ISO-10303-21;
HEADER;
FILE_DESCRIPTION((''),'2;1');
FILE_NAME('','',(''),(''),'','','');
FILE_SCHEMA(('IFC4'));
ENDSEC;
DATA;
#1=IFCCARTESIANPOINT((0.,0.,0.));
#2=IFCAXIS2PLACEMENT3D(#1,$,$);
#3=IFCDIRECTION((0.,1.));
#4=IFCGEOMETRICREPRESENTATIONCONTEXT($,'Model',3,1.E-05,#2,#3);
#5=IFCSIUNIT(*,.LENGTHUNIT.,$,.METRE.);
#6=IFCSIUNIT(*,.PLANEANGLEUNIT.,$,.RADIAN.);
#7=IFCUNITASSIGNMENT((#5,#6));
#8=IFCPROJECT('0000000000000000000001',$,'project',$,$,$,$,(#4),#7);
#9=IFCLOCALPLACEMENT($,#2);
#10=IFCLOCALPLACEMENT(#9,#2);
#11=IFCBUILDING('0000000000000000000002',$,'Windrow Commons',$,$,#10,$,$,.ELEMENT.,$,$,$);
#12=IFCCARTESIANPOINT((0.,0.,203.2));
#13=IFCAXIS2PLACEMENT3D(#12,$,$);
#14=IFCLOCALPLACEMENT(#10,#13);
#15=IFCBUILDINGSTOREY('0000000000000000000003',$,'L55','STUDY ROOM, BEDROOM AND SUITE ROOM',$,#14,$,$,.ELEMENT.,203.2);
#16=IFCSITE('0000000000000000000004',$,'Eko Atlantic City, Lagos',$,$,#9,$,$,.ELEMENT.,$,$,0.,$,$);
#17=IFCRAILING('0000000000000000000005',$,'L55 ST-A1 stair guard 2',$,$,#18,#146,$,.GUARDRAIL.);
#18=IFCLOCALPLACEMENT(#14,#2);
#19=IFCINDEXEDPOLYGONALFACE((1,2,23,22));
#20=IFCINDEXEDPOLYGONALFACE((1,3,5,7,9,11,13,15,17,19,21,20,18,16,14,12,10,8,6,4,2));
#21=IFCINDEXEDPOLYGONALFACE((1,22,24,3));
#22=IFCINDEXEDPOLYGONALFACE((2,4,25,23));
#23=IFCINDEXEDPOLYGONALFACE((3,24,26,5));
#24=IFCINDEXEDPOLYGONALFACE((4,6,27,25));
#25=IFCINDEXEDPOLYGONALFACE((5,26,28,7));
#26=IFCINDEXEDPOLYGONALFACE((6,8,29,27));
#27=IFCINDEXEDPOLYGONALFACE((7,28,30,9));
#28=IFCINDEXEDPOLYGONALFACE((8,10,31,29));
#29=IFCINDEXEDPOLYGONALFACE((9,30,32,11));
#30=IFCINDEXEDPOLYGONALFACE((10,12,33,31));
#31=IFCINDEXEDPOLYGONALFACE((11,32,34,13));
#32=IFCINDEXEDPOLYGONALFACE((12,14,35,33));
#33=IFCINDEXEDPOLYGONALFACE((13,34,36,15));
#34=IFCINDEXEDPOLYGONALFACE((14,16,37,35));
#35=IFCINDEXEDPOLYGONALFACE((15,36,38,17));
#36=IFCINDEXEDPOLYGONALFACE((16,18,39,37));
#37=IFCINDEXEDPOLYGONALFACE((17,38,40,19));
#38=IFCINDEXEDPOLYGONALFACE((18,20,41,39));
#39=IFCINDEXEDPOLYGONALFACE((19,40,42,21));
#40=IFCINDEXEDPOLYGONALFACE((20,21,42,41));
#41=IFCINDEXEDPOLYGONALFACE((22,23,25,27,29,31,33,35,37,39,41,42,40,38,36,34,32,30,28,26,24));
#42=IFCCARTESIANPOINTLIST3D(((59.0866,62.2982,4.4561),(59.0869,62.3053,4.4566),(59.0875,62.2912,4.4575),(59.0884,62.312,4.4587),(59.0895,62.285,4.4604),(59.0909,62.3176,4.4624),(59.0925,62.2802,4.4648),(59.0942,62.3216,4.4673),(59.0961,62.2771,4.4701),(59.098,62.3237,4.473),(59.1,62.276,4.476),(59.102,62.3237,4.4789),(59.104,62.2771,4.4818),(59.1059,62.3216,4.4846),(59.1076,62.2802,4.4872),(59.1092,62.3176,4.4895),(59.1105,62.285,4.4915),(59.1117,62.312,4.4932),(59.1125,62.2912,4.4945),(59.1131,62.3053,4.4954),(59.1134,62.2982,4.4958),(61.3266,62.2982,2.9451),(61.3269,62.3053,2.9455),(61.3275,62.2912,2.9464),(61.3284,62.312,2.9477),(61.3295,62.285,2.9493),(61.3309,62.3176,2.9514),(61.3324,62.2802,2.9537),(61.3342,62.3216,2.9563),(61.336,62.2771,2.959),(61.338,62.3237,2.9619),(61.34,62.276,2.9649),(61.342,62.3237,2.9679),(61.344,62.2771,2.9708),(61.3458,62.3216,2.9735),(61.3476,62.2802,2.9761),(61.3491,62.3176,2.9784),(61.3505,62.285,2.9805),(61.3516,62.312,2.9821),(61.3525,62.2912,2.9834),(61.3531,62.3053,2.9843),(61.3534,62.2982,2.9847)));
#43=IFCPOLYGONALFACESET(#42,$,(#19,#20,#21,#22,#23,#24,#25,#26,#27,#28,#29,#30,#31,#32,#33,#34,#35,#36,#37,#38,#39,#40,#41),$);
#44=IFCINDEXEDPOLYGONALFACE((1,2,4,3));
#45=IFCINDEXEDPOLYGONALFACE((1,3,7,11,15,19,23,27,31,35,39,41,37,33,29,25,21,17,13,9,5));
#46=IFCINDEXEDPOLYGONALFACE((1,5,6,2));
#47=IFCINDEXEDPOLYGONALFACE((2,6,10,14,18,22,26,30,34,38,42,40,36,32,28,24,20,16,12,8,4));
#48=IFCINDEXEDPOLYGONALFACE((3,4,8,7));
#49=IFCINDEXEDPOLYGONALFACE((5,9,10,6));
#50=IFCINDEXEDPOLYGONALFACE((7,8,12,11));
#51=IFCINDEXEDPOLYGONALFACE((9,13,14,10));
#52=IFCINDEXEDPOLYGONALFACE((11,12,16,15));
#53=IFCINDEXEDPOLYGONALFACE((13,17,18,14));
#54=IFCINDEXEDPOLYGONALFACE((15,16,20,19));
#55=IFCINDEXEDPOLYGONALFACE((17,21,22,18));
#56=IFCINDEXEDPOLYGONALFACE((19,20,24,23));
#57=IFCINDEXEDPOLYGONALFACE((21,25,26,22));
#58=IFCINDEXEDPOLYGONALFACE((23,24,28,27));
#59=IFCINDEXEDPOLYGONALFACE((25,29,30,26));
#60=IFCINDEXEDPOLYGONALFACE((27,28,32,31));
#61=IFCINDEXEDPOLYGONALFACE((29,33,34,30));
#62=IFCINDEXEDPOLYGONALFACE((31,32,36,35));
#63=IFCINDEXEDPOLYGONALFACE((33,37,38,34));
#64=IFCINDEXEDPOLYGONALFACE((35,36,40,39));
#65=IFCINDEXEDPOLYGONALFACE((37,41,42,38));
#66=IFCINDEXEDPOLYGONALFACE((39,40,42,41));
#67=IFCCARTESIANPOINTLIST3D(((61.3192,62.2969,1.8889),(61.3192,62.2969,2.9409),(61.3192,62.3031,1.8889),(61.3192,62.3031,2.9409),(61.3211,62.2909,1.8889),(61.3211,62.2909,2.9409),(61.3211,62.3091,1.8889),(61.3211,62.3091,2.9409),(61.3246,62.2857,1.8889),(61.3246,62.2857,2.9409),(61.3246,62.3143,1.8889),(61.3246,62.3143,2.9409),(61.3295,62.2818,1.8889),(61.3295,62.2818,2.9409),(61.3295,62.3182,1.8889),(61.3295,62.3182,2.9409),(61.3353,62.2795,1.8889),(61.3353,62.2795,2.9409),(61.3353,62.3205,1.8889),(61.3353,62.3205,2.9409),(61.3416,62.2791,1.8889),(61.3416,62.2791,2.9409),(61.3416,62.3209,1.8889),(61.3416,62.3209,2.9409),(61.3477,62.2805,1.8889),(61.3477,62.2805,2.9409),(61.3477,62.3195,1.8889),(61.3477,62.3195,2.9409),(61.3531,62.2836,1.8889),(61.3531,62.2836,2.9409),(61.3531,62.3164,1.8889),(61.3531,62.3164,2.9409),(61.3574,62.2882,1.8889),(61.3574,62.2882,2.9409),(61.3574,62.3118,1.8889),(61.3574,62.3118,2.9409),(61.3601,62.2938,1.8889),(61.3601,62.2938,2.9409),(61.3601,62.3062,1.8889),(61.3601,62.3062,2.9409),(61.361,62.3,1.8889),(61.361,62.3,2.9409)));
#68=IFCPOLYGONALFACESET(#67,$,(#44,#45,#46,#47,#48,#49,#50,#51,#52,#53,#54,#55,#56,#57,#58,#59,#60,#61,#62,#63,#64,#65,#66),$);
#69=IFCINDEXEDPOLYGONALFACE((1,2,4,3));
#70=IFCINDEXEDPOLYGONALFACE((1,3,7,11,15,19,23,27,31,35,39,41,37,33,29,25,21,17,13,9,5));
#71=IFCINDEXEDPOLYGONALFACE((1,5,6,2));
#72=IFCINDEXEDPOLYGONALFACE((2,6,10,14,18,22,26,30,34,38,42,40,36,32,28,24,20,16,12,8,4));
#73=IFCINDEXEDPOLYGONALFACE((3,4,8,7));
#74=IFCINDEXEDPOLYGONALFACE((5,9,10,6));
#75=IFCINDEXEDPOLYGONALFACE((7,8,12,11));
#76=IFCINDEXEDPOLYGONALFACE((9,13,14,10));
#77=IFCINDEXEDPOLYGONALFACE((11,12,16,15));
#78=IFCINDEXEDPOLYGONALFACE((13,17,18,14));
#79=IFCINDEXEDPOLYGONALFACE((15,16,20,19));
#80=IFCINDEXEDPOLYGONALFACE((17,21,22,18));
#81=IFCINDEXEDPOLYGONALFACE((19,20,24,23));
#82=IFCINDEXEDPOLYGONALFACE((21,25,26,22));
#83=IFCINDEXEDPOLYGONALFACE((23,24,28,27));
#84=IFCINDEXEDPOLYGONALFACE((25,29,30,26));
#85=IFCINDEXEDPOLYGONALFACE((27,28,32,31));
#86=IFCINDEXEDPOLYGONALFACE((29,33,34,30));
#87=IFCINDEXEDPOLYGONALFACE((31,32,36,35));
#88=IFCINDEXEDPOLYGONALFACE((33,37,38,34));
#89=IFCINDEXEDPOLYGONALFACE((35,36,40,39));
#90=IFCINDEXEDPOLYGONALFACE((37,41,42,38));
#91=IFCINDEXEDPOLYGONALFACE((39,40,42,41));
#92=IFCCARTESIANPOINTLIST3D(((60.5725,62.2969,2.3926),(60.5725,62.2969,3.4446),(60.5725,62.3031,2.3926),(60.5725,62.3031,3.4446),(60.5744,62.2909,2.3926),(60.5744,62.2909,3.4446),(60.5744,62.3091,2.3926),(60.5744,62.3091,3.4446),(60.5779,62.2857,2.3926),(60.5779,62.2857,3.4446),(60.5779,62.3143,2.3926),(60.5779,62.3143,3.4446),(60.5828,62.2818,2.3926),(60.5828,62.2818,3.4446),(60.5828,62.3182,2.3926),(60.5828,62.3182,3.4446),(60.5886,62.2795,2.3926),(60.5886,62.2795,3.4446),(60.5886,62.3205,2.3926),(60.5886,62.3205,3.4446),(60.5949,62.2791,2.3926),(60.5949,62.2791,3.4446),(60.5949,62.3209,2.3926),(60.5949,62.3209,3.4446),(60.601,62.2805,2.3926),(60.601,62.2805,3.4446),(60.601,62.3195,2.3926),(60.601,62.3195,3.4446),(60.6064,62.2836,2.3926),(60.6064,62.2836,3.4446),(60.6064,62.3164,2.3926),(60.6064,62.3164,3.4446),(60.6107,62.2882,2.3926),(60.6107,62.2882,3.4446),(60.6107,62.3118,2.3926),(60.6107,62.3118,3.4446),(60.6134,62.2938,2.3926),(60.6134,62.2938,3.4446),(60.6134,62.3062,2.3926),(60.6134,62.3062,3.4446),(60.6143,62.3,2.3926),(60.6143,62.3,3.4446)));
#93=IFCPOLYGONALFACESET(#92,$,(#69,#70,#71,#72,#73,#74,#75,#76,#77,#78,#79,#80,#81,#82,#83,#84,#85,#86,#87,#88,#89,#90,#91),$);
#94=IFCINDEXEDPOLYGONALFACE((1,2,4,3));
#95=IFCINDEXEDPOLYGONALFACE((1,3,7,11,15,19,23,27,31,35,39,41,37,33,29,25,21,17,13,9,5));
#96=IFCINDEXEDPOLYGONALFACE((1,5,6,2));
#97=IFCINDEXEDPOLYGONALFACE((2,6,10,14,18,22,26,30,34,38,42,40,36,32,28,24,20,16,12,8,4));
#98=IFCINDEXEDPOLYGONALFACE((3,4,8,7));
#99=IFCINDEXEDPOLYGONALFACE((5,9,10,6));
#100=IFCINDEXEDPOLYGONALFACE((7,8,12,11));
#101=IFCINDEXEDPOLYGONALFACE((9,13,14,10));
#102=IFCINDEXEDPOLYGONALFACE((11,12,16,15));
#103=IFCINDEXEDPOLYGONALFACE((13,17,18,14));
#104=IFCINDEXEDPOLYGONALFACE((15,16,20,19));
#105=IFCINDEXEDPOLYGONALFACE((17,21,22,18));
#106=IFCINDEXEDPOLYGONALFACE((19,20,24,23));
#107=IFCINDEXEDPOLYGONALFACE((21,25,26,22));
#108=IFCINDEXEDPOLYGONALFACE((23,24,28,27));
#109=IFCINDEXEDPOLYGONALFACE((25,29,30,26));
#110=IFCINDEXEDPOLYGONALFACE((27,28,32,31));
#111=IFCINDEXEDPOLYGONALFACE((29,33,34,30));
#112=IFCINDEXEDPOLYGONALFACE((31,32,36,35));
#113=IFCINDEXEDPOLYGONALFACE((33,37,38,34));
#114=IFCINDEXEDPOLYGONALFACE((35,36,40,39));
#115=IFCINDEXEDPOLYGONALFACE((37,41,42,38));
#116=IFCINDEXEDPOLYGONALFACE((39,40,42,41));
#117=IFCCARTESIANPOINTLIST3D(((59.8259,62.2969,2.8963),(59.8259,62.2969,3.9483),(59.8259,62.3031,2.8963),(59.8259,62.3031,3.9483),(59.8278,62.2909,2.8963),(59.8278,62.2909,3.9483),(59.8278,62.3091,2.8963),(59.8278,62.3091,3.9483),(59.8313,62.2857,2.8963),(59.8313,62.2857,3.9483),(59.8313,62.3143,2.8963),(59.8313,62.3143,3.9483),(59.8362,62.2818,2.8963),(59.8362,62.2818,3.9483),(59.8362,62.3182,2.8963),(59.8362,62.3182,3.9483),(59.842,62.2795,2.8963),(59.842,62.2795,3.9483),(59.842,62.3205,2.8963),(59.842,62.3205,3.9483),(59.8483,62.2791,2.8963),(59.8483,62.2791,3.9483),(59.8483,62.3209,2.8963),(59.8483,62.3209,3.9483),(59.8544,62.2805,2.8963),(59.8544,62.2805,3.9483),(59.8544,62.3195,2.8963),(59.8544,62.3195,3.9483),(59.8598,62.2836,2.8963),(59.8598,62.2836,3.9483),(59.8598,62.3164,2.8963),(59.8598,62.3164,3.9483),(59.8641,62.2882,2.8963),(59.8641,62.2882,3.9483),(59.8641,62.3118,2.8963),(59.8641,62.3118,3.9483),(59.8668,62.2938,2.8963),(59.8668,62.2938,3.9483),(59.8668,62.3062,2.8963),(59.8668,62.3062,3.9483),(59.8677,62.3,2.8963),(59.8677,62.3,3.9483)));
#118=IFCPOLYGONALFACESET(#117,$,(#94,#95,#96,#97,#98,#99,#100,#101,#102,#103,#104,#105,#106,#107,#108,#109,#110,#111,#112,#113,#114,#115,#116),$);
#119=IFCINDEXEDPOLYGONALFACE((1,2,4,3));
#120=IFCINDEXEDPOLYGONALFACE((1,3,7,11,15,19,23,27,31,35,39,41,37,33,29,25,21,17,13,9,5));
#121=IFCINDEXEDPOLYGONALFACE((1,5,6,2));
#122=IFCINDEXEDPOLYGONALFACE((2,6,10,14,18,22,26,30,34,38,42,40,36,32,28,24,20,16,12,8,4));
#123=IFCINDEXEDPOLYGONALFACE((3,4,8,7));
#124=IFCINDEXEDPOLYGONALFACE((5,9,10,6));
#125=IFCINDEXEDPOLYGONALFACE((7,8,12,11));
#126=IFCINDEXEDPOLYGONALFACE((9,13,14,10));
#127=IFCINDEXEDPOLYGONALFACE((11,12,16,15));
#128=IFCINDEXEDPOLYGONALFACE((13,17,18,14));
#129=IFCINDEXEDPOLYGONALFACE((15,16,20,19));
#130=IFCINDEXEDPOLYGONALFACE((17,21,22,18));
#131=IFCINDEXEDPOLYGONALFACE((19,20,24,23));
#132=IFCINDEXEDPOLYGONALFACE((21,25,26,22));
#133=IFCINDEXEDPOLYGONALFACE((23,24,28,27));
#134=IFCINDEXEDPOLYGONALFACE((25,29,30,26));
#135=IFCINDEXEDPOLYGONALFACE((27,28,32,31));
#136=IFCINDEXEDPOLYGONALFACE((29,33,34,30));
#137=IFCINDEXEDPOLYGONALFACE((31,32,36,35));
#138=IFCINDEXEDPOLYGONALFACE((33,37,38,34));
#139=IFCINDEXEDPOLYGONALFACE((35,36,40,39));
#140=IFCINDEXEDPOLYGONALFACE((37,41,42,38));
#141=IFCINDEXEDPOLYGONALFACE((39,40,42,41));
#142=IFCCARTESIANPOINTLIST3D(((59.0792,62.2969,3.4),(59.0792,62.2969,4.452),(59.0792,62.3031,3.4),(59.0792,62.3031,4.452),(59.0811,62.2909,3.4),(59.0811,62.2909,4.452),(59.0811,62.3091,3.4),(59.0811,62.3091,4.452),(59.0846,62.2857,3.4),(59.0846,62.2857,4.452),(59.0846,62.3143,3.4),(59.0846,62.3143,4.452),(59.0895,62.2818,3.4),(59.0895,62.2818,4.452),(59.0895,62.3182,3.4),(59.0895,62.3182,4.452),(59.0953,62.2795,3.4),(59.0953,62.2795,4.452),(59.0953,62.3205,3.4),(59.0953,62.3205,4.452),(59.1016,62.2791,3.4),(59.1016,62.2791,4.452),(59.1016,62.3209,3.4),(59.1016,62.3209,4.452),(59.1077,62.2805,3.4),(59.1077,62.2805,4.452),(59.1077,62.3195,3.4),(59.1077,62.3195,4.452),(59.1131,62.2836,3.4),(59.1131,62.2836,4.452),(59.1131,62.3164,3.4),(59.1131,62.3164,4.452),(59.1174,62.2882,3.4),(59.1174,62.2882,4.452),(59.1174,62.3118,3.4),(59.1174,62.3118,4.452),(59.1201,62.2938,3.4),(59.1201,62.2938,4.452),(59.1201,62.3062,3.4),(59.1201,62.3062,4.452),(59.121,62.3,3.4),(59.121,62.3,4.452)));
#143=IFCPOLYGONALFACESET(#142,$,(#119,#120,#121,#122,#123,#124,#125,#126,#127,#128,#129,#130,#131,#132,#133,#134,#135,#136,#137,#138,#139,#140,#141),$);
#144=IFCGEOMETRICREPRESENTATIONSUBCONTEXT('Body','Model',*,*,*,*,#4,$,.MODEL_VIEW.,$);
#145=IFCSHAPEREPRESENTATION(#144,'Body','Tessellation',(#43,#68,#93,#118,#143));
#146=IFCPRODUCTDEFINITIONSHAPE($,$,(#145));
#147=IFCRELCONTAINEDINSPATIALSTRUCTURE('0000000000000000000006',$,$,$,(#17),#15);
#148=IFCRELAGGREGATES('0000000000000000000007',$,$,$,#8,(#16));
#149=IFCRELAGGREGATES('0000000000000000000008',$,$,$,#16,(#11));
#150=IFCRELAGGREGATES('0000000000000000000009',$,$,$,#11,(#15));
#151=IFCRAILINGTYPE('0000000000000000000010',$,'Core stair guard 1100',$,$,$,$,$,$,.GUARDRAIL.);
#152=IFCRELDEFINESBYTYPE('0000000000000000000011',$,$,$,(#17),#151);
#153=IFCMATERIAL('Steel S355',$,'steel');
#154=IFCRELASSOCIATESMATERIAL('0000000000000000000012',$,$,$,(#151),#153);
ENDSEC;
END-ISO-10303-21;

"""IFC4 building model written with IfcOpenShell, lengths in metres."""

from ifc_helpers import new_model, si_unit, direction, frame, origin, origin_2d, place, context, subcontext, project, spatial, circle, extrude, material, type_object, element, save


model = new_model("IFC4")

# Units and contexts
model_context = context("Model", 3, precision=1e-05, world=origin(), true_north=direction((0.0, 1.0)))
body_context = subcontext(model_context, "Body", "Model", "MODEL_VIEW")
ifc_project = project(units=[si_unit("LENGTHUNIT", "METRE"), si_unit("PLANEANGLEUNIT", "RADIAN")], contexts=[model_context])

# Site, building, storey
site_placement = place(None, origin())
site = spatial("IfcSite", under=ifc_project, at=site_placement, Name="Eko Atlantic City, Lagos", CompositionType="ELEMENT", RefElevation=0.0)
building_placement = place(site_placement, origin())
building = spatial("IfcBuilding", under=site, at=building_placement, Name="Windrow Commons", CompositionType="ELEMENT")
storey_placement = place(building_placement, frame((0.0, 0.0, 203.2)))
storey = spatial("IfcBuildingStorey", under=building, at=storey_placement, Name="L55", Description="STUDY ROOM, BEDROOM AND SUITE ROOM", CompositionType="ELEMENT", Elevation=203.2)

# Railing
ifc_material_1 = material(Name="Steel S355", Category="steel")
railing_type_1 = type_object("IfcRailingType", Name="Core stair guard 1100", PredefinedType="GUARDRAIL", material=ifc_material_1)
railing_1_placement = place(storey_placement, frame((61.34, 62.3, 1.8889)))
element("IfcRailing", 1, at=railing_1_placement, inside=storey, type_object=railing_type_1, Name="L55 ST-A1 stair guard 2", PredefinedType="GUARDRAIL", context=body_context, shape_type="SweptSolid", body=[
    extrude(circle(Radius=0.024, at=origin_2d()), frame((0.0, 0.0, 1.076), z_axis=(-0.829003, 0.0, 0.559244), x_axis=(0.0, -1.0, 0.0)), (0.0, 0.0, 1.0), 2.702),
    extrude(circle(Radius=0.021, at=origin_2d()), origin(), (0.0, 0.0, 1.0), 1.052),
    extrude(circle(Radius=0.021, at=origin_2d()), frame((-0.7467, 0.0, 0.5037)), (0.0, 0.0, 1.0), 1.052),
    extrude(circle(Radius=0.021, at=origin_2d()), frame((-1.4933, 0.0, 1.0074)), (0.0, 0.0, 1.0), 1.052),
    extrude(circle(Radius=0.021, at=origin_2d()), frame((-2.24, 0.0, 1.5111)), (0.0, 0.0, 1.0), 1.052),
])

save(model, "model.ifc")
